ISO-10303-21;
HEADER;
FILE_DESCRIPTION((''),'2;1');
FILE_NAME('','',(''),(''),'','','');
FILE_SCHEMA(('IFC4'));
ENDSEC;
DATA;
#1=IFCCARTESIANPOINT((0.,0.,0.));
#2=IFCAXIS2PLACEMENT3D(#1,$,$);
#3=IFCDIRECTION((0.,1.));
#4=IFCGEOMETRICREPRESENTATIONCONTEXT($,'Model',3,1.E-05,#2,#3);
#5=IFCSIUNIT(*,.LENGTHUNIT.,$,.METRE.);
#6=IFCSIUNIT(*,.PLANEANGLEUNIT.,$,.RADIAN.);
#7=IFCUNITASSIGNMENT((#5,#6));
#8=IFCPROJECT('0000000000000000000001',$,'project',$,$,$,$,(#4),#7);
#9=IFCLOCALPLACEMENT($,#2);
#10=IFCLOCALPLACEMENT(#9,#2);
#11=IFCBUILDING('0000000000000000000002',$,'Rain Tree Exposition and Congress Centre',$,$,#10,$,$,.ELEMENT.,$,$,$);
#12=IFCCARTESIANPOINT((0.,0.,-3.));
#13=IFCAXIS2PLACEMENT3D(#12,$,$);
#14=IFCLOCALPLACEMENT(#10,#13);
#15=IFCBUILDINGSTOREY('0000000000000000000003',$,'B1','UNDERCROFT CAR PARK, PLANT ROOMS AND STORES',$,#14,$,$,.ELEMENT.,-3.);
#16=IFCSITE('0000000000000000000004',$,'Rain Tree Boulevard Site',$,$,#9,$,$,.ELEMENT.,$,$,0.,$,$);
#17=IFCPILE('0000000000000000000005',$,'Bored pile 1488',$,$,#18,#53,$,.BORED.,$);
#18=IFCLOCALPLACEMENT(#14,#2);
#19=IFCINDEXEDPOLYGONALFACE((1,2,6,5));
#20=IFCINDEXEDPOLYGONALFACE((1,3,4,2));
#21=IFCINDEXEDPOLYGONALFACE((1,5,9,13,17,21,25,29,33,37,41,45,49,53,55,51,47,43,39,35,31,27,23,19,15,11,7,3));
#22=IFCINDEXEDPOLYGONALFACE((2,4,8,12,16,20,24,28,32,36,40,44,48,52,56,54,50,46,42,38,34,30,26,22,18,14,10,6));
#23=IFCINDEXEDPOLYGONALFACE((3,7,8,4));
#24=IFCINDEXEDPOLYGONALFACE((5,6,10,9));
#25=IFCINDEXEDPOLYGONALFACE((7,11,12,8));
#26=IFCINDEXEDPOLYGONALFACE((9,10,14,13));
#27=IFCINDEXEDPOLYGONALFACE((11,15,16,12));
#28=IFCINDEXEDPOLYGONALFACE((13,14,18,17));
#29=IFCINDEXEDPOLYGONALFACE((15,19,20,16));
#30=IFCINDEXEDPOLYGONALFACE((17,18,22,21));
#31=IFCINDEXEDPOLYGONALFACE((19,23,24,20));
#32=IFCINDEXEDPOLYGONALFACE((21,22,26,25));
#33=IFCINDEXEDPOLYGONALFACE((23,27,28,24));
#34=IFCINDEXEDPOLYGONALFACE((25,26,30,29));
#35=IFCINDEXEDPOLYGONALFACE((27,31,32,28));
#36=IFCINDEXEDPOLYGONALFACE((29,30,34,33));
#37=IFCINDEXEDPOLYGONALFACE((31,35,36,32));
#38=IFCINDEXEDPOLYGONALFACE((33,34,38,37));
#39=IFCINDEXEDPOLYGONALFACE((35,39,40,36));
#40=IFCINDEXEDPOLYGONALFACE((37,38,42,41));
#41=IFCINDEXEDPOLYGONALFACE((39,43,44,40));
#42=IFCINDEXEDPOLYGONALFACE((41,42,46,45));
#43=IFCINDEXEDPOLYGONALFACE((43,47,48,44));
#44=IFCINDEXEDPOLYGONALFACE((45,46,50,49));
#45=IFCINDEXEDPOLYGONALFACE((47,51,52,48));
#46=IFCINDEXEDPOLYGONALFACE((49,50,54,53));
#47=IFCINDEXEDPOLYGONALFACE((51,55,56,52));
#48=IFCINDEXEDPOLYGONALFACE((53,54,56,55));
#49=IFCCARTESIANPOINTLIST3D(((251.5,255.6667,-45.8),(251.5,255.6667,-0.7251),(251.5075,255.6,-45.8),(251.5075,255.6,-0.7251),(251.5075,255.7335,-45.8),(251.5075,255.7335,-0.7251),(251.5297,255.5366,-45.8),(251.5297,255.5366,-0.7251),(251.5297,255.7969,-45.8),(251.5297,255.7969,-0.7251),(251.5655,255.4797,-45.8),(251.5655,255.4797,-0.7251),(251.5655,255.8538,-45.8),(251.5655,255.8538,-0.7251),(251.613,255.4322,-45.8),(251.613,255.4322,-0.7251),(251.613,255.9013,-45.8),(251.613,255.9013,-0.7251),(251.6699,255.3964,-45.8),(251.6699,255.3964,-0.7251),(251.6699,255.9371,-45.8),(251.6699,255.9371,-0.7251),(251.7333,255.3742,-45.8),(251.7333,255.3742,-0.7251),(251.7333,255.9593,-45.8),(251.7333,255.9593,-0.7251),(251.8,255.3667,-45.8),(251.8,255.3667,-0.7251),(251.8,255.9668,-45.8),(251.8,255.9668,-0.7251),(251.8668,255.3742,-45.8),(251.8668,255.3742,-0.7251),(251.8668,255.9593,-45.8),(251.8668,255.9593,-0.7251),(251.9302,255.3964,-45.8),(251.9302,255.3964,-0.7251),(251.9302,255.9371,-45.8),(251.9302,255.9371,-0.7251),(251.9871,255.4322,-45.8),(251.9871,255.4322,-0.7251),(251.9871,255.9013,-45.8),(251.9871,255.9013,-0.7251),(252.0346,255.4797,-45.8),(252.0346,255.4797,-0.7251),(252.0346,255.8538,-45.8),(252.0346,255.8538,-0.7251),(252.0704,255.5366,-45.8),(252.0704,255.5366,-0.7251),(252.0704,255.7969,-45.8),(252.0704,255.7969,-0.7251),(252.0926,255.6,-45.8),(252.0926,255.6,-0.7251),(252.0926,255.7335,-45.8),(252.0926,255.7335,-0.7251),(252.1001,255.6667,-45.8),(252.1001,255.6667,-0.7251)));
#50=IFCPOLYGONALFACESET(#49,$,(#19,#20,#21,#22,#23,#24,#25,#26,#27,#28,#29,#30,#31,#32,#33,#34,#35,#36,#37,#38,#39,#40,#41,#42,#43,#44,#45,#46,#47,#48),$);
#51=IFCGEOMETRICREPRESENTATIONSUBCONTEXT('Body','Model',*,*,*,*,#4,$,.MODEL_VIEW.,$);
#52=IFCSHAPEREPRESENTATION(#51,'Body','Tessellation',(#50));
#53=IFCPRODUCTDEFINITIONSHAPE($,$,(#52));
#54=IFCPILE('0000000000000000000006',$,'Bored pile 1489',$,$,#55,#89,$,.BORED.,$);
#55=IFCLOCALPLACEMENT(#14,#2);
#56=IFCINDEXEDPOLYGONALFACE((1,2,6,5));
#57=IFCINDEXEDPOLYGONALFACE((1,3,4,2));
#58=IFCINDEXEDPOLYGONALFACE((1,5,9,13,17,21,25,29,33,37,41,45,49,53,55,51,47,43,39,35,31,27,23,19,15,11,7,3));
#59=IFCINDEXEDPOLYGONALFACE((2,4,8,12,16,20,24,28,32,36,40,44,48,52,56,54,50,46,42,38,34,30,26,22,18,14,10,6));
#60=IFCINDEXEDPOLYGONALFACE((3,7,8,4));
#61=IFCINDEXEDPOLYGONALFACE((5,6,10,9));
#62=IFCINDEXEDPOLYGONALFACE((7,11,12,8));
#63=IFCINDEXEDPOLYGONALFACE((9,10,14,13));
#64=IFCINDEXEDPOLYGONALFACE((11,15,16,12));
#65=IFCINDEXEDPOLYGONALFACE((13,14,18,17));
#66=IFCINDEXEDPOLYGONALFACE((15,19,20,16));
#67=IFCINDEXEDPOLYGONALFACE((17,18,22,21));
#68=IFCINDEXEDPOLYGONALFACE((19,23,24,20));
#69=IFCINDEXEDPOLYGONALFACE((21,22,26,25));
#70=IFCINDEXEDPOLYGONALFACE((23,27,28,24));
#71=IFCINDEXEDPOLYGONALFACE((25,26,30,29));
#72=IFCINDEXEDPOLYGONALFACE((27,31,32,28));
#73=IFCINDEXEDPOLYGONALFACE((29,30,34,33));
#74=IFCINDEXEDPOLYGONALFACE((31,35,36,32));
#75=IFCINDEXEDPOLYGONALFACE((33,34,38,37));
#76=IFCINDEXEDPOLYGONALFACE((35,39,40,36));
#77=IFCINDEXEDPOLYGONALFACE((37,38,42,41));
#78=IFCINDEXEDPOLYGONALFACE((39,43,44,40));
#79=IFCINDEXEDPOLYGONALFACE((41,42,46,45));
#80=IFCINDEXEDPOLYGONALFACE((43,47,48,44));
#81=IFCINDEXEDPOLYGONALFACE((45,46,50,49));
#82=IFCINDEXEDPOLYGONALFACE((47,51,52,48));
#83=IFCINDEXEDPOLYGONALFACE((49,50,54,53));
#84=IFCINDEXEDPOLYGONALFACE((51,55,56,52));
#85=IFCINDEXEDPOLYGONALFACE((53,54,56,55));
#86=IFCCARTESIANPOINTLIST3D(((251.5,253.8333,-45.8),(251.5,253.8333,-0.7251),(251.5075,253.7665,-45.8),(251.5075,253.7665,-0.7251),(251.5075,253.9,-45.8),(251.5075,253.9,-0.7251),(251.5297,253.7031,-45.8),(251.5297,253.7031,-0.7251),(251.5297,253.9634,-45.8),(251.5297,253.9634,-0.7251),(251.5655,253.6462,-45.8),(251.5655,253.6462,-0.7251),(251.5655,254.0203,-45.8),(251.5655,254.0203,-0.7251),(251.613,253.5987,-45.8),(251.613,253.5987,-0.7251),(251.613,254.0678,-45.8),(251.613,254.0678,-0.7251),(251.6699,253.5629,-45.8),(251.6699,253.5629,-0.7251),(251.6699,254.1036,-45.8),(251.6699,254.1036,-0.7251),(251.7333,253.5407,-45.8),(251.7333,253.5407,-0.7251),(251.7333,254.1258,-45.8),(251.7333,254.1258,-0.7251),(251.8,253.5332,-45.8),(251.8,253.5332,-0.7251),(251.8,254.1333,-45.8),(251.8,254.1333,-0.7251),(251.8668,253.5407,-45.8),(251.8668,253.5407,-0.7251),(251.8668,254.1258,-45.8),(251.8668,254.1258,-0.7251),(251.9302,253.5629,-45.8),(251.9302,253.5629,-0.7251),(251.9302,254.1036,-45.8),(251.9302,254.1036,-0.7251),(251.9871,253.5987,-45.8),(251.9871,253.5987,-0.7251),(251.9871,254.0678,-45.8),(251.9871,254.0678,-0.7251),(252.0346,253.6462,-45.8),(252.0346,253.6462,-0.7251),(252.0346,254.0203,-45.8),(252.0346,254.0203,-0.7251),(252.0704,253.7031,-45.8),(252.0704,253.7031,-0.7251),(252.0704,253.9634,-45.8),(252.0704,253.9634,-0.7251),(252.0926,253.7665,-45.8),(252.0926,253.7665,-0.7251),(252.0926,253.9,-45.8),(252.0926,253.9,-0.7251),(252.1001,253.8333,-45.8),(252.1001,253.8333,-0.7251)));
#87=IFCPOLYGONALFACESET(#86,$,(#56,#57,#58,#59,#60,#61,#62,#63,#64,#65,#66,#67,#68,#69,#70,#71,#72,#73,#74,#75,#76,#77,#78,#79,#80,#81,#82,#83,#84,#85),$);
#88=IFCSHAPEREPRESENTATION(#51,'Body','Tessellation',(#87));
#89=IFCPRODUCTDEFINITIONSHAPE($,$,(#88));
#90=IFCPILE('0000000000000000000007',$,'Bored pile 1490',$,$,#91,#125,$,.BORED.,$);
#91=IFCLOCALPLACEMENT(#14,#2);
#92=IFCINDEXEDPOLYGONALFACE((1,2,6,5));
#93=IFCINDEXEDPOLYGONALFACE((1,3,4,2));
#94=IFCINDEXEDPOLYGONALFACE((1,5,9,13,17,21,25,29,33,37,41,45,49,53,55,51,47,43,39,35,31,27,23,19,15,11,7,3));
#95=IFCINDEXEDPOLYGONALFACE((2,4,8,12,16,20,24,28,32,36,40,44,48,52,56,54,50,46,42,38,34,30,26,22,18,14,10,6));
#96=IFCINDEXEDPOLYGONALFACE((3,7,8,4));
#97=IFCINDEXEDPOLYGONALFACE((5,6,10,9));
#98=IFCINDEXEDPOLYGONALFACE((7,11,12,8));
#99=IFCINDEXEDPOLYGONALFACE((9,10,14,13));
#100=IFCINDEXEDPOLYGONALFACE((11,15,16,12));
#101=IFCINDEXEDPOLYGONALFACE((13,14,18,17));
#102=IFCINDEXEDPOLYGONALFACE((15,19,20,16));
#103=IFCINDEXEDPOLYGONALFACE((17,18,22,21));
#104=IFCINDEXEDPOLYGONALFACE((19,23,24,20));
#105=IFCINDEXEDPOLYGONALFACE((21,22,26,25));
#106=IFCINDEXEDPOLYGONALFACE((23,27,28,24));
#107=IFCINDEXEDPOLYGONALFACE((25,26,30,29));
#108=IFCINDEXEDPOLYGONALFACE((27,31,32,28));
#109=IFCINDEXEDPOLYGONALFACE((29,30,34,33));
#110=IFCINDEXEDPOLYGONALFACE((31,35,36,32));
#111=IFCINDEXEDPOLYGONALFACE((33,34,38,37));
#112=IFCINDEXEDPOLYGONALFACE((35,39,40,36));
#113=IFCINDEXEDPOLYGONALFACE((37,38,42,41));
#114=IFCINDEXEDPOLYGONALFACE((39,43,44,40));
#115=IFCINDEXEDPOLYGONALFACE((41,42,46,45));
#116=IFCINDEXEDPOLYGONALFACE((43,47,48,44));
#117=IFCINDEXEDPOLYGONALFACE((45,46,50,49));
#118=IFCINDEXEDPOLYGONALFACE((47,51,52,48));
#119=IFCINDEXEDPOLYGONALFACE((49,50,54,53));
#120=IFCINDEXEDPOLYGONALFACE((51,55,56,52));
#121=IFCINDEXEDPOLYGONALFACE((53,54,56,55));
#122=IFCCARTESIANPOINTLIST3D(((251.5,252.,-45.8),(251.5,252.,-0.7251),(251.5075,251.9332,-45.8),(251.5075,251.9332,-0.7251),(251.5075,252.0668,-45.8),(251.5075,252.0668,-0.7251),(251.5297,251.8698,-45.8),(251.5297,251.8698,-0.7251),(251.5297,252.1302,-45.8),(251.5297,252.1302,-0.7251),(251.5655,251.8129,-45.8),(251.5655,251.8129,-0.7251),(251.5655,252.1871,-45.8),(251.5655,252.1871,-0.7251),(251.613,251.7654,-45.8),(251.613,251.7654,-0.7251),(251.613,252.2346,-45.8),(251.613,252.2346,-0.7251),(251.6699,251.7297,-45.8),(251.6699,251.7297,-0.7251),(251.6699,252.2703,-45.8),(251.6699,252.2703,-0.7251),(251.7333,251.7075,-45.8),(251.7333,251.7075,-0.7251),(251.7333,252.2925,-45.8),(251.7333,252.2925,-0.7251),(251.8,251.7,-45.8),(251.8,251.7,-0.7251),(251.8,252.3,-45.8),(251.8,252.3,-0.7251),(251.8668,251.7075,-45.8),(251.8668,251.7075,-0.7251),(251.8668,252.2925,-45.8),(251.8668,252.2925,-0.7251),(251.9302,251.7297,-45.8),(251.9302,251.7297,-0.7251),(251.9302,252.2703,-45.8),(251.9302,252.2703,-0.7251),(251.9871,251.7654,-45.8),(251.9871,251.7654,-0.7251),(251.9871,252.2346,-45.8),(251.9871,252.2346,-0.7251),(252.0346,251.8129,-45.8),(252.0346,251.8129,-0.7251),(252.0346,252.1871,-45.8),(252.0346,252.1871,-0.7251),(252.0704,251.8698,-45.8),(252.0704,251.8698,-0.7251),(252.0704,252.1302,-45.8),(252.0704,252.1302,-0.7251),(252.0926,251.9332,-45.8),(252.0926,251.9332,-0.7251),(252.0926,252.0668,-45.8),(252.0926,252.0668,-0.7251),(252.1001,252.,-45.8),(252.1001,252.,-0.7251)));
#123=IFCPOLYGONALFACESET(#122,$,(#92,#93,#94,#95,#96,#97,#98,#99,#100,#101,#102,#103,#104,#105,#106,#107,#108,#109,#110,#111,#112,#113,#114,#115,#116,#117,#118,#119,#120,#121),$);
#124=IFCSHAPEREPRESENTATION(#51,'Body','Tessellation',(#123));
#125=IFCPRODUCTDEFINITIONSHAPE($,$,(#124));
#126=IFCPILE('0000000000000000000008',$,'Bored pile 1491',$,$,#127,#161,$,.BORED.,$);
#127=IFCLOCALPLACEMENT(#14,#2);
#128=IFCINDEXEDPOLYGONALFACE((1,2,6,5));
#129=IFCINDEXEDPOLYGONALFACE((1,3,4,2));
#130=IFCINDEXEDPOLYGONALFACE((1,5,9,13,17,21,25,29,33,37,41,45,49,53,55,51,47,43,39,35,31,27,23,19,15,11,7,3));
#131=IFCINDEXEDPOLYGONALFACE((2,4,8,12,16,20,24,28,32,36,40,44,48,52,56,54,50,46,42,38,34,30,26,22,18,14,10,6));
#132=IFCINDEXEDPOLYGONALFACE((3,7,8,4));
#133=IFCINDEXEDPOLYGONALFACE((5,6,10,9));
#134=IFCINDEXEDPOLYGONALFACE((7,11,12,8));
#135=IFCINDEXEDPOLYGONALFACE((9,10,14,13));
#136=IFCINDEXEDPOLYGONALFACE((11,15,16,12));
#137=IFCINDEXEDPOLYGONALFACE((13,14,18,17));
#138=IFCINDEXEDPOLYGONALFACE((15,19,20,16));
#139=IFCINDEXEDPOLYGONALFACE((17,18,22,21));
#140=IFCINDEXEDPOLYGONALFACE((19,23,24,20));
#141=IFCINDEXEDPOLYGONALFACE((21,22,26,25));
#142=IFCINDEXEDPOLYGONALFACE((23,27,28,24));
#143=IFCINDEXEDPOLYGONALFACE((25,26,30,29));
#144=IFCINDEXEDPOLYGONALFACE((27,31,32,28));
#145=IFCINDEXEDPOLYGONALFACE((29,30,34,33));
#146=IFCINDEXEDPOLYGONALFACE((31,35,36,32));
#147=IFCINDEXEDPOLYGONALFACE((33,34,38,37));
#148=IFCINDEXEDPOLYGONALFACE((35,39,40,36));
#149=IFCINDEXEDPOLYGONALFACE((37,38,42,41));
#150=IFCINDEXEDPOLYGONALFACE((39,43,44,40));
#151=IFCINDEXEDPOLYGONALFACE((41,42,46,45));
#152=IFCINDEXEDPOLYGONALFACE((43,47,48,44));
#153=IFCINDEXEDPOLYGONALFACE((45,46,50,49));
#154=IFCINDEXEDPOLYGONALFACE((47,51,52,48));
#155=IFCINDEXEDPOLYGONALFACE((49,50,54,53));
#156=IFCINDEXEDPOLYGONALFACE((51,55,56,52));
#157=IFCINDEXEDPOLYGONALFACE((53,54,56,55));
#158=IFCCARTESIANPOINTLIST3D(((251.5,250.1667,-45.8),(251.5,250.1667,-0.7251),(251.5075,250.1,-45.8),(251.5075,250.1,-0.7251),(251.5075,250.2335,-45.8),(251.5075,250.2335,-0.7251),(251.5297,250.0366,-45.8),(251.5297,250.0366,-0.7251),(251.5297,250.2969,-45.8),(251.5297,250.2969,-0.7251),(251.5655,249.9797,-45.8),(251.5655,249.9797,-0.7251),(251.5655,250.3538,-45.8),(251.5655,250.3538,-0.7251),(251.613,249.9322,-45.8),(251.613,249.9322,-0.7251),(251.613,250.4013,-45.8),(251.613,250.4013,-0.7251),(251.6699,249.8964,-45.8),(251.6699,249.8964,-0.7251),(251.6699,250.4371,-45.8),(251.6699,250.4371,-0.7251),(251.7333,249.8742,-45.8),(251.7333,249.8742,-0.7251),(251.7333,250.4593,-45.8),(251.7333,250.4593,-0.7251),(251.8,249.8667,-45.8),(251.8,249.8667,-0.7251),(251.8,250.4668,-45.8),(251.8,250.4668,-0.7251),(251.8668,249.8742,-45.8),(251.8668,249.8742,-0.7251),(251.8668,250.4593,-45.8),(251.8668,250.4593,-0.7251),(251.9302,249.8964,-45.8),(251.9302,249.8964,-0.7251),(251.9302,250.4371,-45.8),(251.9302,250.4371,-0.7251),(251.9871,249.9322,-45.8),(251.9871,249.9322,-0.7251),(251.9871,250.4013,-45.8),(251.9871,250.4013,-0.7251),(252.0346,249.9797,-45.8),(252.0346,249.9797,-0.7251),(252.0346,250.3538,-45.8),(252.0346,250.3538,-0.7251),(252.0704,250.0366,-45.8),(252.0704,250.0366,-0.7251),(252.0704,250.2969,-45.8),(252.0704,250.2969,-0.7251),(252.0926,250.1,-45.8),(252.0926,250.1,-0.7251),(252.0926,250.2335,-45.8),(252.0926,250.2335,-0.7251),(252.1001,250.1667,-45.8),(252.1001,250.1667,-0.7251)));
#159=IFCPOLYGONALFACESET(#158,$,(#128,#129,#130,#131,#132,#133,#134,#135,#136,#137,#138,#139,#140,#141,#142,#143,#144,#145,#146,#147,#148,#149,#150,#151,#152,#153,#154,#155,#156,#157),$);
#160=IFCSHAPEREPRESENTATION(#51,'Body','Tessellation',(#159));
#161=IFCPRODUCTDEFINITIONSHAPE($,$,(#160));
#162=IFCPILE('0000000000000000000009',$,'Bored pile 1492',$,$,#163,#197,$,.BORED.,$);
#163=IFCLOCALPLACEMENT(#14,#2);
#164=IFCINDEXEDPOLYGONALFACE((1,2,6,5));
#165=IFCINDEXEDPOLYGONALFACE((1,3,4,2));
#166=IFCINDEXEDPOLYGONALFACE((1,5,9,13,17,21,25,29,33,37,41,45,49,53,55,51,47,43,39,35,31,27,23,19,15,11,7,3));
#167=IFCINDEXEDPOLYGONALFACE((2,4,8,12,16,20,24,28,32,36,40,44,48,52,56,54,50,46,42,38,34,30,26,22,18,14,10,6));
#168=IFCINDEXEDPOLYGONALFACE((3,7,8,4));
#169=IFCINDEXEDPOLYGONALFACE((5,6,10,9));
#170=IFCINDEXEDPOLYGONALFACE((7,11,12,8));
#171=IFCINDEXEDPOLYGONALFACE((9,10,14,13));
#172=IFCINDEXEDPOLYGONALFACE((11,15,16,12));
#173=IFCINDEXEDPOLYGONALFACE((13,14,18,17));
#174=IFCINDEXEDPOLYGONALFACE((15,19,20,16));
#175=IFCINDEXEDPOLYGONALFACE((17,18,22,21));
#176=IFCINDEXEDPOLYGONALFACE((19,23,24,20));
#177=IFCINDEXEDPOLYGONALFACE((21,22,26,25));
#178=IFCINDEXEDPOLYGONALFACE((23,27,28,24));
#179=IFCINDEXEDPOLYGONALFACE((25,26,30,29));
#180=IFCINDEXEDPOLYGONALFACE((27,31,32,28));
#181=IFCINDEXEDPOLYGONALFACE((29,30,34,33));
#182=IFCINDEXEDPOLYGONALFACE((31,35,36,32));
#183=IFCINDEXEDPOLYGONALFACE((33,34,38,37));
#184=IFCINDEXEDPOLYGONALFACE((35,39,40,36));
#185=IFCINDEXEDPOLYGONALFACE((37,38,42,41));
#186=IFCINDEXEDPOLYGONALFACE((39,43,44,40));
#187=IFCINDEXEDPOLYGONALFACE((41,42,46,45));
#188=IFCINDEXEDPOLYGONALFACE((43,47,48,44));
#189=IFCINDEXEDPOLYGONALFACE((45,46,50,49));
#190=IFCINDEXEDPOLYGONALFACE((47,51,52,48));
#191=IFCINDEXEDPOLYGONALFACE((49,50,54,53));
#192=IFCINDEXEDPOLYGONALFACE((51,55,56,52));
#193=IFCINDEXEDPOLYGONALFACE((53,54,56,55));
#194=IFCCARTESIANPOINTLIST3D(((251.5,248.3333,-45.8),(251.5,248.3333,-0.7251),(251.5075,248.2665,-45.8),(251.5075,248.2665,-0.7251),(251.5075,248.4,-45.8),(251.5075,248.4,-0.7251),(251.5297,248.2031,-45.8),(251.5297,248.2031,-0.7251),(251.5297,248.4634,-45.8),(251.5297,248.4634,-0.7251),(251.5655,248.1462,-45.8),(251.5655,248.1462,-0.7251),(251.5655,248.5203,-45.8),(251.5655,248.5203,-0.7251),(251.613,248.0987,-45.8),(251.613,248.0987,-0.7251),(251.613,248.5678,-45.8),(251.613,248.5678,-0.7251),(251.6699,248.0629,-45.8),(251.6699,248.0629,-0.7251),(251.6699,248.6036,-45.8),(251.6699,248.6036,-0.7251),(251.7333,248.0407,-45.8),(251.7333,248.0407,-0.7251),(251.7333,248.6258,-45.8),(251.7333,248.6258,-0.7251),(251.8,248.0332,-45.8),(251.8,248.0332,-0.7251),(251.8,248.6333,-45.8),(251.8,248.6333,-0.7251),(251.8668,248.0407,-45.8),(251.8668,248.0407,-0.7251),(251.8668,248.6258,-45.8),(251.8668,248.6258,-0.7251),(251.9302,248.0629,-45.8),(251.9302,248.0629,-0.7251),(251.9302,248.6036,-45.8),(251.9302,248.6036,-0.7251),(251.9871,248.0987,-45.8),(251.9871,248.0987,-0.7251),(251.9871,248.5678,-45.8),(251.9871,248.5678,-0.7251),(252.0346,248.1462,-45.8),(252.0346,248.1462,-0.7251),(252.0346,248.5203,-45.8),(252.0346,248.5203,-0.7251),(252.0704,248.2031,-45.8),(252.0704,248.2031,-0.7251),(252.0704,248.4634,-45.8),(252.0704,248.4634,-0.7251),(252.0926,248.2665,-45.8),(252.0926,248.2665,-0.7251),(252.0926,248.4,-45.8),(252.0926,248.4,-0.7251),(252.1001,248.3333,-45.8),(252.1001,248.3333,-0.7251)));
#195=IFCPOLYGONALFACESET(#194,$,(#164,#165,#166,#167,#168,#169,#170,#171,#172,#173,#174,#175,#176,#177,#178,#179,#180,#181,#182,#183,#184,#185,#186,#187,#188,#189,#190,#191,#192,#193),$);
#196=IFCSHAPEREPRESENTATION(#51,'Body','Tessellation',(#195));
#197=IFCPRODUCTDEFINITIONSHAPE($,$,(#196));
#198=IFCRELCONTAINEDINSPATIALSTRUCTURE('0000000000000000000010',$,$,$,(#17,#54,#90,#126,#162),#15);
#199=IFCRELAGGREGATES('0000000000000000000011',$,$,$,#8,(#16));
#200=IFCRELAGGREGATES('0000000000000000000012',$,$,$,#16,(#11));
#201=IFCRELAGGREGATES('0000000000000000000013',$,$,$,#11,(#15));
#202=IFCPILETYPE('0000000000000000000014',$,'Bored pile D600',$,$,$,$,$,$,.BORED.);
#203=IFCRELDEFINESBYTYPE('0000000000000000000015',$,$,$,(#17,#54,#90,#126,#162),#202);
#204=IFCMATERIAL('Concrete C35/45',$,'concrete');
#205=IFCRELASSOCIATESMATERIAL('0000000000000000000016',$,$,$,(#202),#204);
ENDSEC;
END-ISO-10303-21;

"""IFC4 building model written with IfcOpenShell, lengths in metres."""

from ifc_helpers import new_model, si_unit, direction, frame, origin, origin_2d, place, context, subcontext, project, spatial, circle, extrude, material, material_profile, profile_set, type_object, element, save


model = new_model("IFC4")

# Units and contexts
model_context = context("Model", 3, precision=1e-05, world=origin(), true_north=direction((0.0, 1.0)))
body_context = subcontext(model_context, "Body", "Model", "MODEL_VIEW")
ifc_project = project(units=[si_unit("LENGTHUNIT", "METRE"), si_unit("PLANEANGLEUNIT", "RADIAN")], contexts=[model_context])

# Site, building, storey
site_placement = place(None, origin())
site = spatial("IfcSite", under=ifc_project, at=site_placement, Name="Rain Tree Boulevard Site", CompositionType="ELEMENT", RefElevation=0.0)
building_placement = place(site_placement, origin())
building = spatial("IfcBuilding", under=site, at=building_placement, Name="Rain Tree Exposition and Congress Centre", CompositionType="ELEMENT")
storey_placement = place(building_placement, frame((0.0, 0.0, -3.0)))
storey = spatial("IfcBuildingStorey", under=building, at=storey_placement, Name="B1", Description="UNDERCROFT CAR PARK, PLANT ROOMS AND STORES", CompositionType="ELEMENT", Elevation=-3.0)

# Piles
ifc_material_1 = material(Name="Concrete C35/45", Category="concrete")
ifc_material_profile_1 = material_profile(ifc_material_1, circle(Radius=0.3, at=origin_2d()), Name="D600")
ifc_profile_set_1 = profile_set([ifc_material_profile_1], Name="Concrete C35/45")
pile_type_1 = type_object("IfcPileType", Name="Bored pile D600", PredefinedType="BORED", material=ifc_profile_set_1)
for number, where, z_axis, x_axis, name in (
    (1, (251.8, 255.6667, -0.7251), (0.0, 0.0, -1.0), (1.0, 0.0, 0.0), "Bored pile 1488"),
    (2, (251.8, 253.8333, -0.7251), (0.0, 0.0, -1.0), (1.0, 0.0, 0.0), "Bored pile 1489"),
    (3, (251.8, 252.0, -0.7251), (0.0, 0.0, -1.0), (1.0, 0.0, 0.0), "Bored pile 1490"),
    (4, (251.8, 250.1667, -0.7251), (0.0, 0.0, -1.0), (1.0, 0.0, 0.0), "Bored pile 1491"),
    (5, (251.8, 248.3333, -0.7251), (0.0, 0.0, -1.0), (1.0, 0.0, 0.0), "Bored pile 1492"),
):
    element("IfcPile", number, at=place(storey_placement, frame(where, z_axis=z_axis, x_axis=x_axis)), inside=storey, type_object=pile_type_1, Name=name, PredefinedType="BORED", context=body_context, shape_type="SweptSolid", body=[
        extrude(circle(Radius=0.3, at=origin_2d()), origin(), (0.0, 0.0, 1.0), 45.075),
    ])

save(model, "model.ifc")
